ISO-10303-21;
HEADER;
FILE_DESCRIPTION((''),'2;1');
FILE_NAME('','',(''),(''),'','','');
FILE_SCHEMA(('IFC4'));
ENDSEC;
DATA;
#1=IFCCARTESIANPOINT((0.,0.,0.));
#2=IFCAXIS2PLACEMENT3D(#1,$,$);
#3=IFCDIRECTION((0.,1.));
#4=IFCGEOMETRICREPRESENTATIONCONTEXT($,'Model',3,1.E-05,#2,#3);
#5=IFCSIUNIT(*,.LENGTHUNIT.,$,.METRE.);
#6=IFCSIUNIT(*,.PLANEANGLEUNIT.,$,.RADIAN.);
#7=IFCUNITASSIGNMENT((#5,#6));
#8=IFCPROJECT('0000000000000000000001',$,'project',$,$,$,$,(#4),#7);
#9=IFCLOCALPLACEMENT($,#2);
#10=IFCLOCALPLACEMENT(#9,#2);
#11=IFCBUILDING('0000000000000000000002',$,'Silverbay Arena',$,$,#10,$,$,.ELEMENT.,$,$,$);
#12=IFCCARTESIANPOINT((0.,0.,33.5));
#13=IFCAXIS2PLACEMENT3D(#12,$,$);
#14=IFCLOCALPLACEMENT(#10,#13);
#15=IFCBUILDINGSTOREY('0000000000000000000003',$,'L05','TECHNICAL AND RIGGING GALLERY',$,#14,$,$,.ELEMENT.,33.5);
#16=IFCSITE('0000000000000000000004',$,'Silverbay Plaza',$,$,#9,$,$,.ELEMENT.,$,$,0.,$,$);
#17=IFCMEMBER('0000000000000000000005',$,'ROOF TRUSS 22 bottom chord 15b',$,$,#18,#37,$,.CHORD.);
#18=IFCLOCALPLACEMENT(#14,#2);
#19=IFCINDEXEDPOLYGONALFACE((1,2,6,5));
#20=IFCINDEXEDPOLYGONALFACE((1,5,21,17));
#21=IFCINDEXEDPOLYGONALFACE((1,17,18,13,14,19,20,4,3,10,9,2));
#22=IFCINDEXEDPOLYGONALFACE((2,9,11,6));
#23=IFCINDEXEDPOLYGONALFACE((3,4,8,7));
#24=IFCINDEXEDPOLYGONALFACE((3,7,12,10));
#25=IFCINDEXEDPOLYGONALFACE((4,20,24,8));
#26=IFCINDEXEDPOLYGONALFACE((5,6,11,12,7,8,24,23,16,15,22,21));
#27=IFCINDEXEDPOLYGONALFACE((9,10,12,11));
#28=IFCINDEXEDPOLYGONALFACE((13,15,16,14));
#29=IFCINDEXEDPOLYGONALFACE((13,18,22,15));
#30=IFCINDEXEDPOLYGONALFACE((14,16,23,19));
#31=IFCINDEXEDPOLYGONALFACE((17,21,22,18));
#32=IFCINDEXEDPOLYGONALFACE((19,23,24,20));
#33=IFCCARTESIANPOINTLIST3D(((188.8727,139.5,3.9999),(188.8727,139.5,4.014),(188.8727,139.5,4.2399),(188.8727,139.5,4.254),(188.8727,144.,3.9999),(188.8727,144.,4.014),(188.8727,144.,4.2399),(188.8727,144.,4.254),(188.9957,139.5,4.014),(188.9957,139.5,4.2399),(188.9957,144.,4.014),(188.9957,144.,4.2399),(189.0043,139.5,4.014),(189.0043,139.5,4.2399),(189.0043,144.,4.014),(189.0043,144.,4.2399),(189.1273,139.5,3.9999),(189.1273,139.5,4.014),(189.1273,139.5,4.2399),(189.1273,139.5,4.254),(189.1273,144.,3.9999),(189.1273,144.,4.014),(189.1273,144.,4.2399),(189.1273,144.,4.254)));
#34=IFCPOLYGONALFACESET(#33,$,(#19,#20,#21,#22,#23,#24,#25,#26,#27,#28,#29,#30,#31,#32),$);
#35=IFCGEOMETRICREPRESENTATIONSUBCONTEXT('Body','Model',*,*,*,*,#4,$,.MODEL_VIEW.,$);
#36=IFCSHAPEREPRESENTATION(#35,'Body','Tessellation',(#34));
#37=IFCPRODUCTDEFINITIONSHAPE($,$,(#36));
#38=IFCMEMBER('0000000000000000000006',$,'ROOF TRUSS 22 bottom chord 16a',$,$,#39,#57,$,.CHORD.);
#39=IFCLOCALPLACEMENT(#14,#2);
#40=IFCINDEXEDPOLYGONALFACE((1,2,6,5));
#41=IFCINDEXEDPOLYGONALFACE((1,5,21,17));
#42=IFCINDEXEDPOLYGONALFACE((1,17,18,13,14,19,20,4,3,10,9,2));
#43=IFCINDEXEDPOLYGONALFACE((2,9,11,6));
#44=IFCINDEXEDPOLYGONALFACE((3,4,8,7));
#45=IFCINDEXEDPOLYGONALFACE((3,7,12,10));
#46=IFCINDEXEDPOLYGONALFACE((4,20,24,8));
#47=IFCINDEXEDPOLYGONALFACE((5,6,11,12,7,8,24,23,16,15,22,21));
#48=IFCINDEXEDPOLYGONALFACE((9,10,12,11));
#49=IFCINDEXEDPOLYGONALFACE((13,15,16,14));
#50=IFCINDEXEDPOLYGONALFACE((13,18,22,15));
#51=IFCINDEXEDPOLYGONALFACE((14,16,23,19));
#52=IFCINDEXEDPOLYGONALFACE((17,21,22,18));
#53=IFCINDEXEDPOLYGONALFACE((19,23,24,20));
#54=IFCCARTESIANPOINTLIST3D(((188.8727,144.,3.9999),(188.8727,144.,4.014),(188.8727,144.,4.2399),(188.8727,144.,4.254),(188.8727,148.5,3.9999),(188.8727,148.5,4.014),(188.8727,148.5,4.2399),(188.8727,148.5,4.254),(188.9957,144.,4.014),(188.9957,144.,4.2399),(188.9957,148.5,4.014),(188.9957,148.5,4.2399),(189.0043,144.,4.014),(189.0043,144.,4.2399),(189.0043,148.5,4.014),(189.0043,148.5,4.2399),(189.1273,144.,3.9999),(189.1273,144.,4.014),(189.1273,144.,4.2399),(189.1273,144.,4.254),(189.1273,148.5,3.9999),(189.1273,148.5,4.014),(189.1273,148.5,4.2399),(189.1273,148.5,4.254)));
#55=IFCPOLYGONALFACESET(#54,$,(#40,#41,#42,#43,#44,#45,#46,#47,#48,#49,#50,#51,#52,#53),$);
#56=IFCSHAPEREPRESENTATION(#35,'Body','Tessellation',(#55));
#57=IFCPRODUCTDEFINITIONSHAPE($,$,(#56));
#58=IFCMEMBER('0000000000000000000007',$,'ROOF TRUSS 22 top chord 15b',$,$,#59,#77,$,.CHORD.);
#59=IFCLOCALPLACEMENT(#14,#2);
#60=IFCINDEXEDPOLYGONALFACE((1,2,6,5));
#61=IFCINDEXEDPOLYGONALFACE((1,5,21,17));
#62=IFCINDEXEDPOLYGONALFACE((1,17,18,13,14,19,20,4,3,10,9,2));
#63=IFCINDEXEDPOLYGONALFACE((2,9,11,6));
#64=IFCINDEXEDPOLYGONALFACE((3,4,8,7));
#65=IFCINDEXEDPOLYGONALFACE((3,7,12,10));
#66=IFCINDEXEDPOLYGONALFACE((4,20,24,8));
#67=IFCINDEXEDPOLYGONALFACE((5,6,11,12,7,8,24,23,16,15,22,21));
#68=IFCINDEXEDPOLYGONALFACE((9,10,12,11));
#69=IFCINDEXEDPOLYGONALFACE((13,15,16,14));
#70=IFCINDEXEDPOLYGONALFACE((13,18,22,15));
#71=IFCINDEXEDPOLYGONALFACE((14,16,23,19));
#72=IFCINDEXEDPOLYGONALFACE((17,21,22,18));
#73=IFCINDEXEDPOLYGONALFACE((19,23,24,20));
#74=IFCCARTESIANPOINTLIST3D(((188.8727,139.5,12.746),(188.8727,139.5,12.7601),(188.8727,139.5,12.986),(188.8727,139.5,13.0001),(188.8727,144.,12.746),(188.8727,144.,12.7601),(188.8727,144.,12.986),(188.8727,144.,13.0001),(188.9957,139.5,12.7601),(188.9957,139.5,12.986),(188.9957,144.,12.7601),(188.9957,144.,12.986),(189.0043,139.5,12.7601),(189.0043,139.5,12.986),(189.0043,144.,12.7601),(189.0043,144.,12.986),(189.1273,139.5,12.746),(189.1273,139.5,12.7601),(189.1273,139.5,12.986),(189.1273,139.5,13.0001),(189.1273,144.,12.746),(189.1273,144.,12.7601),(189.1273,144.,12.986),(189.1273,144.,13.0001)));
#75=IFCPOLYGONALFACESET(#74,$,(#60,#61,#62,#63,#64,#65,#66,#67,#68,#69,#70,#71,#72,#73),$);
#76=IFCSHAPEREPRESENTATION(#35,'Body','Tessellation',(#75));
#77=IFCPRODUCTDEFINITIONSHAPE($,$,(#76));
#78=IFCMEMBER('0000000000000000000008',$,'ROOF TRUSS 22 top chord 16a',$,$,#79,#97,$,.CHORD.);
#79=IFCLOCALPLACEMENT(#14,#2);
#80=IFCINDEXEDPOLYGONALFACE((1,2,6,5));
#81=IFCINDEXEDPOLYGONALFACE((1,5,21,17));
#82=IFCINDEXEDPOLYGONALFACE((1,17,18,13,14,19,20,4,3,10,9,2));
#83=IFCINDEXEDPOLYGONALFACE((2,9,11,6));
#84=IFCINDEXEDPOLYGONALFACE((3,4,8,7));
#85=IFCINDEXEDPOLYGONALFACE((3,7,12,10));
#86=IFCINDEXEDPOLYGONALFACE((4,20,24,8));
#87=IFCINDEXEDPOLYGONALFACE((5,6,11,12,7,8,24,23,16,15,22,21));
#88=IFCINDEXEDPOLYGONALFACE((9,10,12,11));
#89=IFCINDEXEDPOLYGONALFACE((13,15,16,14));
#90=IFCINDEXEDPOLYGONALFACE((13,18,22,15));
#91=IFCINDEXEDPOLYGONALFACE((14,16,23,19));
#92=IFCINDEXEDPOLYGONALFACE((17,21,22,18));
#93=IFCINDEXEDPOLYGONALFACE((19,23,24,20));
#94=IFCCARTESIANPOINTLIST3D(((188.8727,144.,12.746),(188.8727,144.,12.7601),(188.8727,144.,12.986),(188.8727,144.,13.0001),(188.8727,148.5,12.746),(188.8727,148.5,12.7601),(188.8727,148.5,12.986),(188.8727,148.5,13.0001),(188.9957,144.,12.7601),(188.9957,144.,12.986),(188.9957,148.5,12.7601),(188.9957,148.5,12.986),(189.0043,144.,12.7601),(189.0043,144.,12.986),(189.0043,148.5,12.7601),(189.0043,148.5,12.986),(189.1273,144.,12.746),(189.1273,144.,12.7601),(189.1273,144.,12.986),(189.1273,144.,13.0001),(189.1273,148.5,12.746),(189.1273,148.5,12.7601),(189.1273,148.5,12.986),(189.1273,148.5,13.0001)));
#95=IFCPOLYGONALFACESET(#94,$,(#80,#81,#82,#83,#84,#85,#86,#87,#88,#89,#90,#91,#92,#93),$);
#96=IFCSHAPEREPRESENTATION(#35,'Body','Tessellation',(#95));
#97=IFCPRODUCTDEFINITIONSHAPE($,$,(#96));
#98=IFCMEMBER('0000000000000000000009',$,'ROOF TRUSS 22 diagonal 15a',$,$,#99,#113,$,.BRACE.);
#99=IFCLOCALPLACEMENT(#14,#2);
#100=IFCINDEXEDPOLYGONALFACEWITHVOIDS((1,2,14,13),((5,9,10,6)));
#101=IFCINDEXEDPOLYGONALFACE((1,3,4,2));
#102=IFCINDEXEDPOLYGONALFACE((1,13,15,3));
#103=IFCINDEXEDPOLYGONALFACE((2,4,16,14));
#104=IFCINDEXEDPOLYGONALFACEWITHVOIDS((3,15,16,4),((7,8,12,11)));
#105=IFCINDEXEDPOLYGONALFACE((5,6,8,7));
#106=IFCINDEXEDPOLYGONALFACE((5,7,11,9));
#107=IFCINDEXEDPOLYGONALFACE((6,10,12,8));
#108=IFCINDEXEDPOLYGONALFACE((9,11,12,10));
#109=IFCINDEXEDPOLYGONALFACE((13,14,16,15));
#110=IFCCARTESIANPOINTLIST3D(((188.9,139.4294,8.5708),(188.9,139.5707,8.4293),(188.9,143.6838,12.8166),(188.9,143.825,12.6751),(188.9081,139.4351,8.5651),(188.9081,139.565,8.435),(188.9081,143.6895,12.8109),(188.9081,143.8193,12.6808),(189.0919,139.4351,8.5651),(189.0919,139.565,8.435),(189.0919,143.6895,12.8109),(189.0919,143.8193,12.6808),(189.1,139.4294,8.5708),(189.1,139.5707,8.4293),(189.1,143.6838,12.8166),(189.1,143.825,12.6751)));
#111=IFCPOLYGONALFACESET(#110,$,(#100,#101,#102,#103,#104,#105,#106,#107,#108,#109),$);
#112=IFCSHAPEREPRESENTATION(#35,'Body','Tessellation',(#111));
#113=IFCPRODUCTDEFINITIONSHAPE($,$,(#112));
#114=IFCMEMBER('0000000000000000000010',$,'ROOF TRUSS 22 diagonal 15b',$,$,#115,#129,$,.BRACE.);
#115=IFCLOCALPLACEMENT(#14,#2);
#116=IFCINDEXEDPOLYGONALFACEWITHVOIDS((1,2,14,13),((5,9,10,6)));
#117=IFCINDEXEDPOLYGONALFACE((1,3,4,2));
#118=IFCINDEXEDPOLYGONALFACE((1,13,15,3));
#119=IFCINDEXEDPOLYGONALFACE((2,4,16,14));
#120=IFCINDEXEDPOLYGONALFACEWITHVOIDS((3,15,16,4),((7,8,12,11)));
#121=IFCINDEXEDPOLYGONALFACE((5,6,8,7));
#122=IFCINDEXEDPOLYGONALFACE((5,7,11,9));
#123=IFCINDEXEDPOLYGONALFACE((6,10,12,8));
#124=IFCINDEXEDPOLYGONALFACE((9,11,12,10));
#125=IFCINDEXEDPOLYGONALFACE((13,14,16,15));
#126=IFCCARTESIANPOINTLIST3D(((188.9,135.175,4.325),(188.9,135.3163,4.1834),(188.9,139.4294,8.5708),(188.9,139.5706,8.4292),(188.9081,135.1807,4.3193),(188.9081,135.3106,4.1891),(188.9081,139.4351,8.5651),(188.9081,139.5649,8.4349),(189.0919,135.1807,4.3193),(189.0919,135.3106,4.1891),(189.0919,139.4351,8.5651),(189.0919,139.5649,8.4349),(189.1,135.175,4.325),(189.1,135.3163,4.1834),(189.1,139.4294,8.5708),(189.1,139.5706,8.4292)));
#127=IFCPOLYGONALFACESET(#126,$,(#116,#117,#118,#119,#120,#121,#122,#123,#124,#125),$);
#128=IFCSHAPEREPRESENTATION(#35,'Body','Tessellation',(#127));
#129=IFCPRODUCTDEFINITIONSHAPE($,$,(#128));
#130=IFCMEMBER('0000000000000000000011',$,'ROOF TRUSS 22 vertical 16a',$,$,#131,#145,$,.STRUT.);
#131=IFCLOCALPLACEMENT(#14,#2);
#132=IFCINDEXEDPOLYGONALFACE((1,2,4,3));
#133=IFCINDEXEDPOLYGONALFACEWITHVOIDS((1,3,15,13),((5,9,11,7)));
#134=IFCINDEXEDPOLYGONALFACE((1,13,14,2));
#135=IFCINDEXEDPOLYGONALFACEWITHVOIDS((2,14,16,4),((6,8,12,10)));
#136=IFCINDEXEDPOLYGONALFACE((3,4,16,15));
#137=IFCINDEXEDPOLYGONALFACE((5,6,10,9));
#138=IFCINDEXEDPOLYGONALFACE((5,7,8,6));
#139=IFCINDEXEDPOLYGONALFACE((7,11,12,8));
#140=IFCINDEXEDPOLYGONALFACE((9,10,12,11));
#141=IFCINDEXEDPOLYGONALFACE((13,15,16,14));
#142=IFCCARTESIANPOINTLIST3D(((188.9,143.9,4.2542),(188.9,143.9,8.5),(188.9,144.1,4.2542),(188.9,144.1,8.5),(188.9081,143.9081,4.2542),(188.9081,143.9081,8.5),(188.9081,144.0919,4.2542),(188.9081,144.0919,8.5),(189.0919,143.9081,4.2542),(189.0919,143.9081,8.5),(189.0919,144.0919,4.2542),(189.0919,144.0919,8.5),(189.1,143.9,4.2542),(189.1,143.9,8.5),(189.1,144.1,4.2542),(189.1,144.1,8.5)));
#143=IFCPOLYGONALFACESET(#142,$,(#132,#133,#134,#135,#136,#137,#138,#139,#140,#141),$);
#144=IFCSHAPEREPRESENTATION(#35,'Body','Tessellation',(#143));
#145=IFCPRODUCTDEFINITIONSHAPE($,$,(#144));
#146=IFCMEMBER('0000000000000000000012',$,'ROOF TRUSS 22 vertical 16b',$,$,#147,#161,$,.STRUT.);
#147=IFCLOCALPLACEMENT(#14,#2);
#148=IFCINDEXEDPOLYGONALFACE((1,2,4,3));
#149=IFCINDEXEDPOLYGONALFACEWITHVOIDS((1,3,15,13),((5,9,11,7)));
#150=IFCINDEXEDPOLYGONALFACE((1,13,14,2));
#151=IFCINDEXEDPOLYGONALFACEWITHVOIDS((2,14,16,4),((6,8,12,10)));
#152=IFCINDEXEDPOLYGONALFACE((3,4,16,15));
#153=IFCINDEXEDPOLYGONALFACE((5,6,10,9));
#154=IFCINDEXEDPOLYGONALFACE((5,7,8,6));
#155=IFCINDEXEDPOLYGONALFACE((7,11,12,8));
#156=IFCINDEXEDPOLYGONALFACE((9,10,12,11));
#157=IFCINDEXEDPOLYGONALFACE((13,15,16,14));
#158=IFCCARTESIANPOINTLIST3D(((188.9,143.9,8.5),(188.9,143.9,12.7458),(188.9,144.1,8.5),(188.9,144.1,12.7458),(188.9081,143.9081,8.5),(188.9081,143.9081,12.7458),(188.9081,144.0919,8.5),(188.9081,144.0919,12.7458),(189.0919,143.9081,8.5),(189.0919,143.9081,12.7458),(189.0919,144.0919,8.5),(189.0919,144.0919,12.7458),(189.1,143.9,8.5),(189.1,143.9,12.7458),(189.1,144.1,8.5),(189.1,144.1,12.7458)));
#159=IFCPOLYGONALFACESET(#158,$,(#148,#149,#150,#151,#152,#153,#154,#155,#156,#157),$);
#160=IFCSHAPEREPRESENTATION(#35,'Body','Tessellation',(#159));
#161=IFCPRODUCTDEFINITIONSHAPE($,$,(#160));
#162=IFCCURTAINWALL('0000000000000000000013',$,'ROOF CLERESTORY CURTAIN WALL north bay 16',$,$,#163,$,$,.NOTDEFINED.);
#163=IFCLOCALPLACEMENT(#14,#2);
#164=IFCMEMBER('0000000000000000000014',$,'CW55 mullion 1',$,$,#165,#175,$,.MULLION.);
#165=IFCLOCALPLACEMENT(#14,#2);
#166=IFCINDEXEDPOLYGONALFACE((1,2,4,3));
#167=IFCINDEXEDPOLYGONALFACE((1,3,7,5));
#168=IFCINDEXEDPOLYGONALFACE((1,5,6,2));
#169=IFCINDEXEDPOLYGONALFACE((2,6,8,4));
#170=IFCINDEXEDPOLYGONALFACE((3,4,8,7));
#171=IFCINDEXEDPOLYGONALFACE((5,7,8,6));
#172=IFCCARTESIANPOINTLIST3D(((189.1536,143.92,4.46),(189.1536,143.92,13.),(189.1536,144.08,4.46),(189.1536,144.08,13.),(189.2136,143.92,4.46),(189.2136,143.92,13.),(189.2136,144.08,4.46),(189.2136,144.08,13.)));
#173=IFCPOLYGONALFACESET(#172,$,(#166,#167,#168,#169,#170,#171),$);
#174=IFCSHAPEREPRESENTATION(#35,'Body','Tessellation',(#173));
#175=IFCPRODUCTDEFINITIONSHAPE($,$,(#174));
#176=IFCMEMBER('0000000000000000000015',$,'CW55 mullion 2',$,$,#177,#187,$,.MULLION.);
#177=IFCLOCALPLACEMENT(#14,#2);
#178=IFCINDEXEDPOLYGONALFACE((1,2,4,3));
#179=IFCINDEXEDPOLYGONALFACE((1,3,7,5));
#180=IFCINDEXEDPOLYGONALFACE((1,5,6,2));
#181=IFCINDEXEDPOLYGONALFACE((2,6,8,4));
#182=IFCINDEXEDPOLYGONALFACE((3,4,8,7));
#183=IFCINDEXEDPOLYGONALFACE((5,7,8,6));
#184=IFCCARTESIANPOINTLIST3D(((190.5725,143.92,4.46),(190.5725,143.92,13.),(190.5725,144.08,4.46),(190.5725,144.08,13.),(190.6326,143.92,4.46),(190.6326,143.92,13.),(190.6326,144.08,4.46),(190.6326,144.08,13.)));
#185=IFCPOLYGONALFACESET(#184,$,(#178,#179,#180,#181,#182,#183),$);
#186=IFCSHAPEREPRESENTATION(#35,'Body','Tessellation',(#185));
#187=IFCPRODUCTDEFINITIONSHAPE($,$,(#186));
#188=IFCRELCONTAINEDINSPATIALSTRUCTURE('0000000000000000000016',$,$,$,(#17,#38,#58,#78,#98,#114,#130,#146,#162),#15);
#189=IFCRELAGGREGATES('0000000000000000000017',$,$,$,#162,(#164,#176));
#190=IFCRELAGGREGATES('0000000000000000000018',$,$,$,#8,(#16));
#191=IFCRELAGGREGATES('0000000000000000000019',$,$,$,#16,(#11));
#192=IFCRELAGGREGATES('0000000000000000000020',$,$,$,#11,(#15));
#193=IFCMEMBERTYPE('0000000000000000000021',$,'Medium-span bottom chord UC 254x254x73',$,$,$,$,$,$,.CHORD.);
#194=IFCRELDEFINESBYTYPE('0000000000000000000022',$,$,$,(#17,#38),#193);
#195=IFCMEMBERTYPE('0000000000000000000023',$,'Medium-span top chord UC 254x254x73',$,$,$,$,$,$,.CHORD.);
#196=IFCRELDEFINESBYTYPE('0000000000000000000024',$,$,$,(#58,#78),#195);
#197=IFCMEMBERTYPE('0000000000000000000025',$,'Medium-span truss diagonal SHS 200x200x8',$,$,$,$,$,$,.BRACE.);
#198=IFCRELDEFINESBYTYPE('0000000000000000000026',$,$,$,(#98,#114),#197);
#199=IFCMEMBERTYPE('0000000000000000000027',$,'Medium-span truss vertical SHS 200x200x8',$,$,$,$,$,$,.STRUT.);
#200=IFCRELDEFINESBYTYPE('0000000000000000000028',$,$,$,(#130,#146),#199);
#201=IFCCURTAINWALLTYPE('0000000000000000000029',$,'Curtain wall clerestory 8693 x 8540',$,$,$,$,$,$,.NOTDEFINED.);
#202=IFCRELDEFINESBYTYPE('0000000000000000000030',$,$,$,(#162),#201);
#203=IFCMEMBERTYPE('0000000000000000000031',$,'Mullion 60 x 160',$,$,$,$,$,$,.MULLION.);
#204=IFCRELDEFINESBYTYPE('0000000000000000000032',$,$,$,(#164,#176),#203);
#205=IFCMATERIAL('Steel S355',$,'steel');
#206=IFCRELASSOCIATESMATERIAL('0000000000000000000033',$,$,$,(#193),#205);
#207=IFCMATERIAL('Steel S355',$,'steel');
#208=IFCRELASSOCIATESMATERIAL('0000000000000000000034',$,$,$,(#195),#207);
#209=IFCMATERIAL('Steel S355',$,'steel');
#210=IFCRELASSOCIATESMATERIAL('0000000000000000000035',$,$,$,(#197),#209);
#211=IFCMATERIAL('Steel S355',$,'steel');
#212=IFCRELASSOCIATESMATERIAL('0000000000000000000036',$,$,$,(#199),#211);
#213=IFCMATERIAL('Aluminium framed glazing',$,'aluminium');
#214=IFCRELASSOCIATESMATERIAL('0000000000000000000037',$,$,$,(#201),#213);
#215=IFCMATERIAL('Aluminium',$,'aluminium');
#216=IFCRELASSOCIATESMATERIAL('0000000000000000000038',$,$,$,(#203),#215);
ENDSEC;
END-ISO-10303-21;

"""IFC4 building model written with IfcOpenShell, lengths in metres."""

from ifc_helpers import new_model, si_unit, direction, frame, origin, origin_2d, place, context, subcontext, project, spatial, rectangle, hollow_rectangle, i_section, extrude, material, material_profile, profile_set, type_object, element, aggregate, save


model = new_model("IFC4")

# Units and contexts
model_context = context("Model", 3, precision=1e-05, world=origin(), true_north=direction((0.0, 1.0)))
body_context = subcontext(model_context, "Body", "Model", "MODEL_VIEW")
ifc_project = project(units=[si_unit("LENGTHUNIT", "METRE"), si_unit("PLANEANGLEUNIT", "RADIAN")], contexts=[model_context])

# Site, building, storey
site_placement = place(None, origin())
site = spatial("IfcSite", under=ifc_project, at=site_placement, Name="Silverbay Plaza", CompositionType="ELEMENT", RefElevation=0.0)
building_placement = place(site_placement, origin())
building = spatial("IfcBuilding", under=site, at=building_placement, Name="Silverbay Arena", CompositionType="ELEMENT")
storey_placement = place(building_placement, frame((0.0, 0.0, 33.5)))
storey = spatial("IfcBuildingStorey", under=building, at=storey_placement, Name="L05", Description="TECHNICAL AND RIGGING GALLERY", CompositionType="ELEMENT", Elevation=33.5)

# Members
ifc_material_1 = material(Name="Steel S355", Category="steel")
ifc_material_profile_1 = material_profile(ifc_material_1, i_section(OverallWidth=0.2546, OverallDepth=0.2542, WebThickness=0.0085, FlangeThickness=0.0142, at=origin_2d()), Name="UC 254x254x73")
ifc_profile_set_1 = profile_set([ifc_material_profile_1], Name="Steel S355")
member_type_1 = type_object("IfcMemberType", Name="Medium-span bottom chord UC 254x254x73", PredefinedType="CHORD", material=ifc_profile_set_1)
for number, where, z_axis, x_axis, name in (
    (1, (189.0, 139.5, 4.127), (0.0, 1.0, 0.0), (-1.0, 0.0, 0.0), "ROOF TRUSS 22 bottom chord 15b"),
    (2, (189.0, 144.0, 4.127), (0.0, 1.0, 0.0), (-1.0, 0.0, 0.0), "ROOF TRUSS 22 bottom chord 16a"),
):
    element("IfcMember", number, at=place(storey_placement, frame(where, z_axis=z_axis, x_axis=x_axis)), inside=storey, type_object=member_type_1, Name=name, PredefinedType="CHORD", context=body_context, shape_type="SweptSolid", body=[
        extrude(i_section(OverallWidth=0.2546, OverallDepth=0.2542, WebThickness=0.0085, FlangeThickness=0.0142, at=origin_2d()), origin(), (0.0, 0.0, 1.0), 4.5),
    ])
ifc_material_2 = material(Name="Steel S355", Category="steel")
ifc_material_profile_2 = material_profile(ifc_material_2, i_section(OverallWidth=0.2546, OverallDepth=0.2542, WebThickness=0.0085, FlangeThickness=0.0142, at=origin_2d()), Name="UC 254x254x73")
ifc_profile_set_2 = profile_set([ifc_material_profile_2], Name="Steel S355")
member_type_2 = type_object("IfcMemberType", Name="Medium-span top chord UC 254x254x73", PredefinedType="CHORD", material=ifc_profile_set_2)
for number, where, z_axis, x_axis, name in (
    (3, (189.0, 139.5, 12.873), (0.0, 1.0, 0.0), (-1.0, 0.0, 0.0), "ROOF TRUSS 22 top chord 15b"),
    (4, (189.0, 144.0, 12.873), (0.0, 1.0, 0.0), (-1.0, 0.0, 0.0), "ROOF TRUSS 22 top chord 16a"),
):
    element("IfcMember", number, at=place(storey_placement, frame(where, z_axis=z_axis, x_axis=x_axis)), inside=storey, type_object=member_type_2, Name=name, PredefinedType="CHORD", context=body_context, shape_type="SweptSolid", body=[
        extrude(i_section(OverallWidth=0.2546, OverallDepth=0.2542, WebThickness=0.0085, FlangeThickness=0.0142, at=origin_2d()), origin(), (0.0, 0.0, 1.0), 4.5),
    ])
ifc_material_3 = material(Name="Steel S355", Category="steel")
ifc_material_profile_3 = material_profile(ifc_material_3, hollow_rectangle(XDim=0.2, YDim=0.2, WallThickness=0.0081, at=origin_2d()), Name="SHS 200x200x8")
ifc_profile_set_3 = profile_set([ifc_material_profile_3], Name="Steel S355")
member_type_3 = type_object("IfcMemberType", Name="Medium-span truss diagonal SHS 200x200x8", PredefinedType="BRACE", material=ifc_profile_set_3)
for number, where, z_axis, x_axis, name in (
    (5, (189.0, 143.7544, 12.7458), (0.0, -0.707817, -0.706396), (1.0, 0.0, 0.0), "ROOF TRUSS 22 diagonal 15a"),
    (6, (189.0, 139.5, 8.5), (0.0, -0.707817, -0.706396), (1.0, 0.0, 0.0), "ROOF TRUSS 22 diagonal 15b"),
):
    element("IfcMember", number, at=place(storey_placement, frame(where, z_axis=z_axis, x_axis=x_axis)), inside=storey, type_object=member_type_3, Name=name, PredefinedType="BRACE", context=body_context, shape_type="SweptSolid", body=[
        extrude(hollow_rectangle(XDim=0.2, YDim=0.2, WallThickness=0.0081, at=origin_2d()), origin(), (0.0, 0.0, 1.0), 6.0105),
    ])
ifc_material_4 = material(Name="Steel S355", Category="steel")
ifc_material_profile_4 = material_profile(ifc_material_4, hollow_rectangle(XDim=0.2, YDim=0.2, WallThickness=0.0081, at=origin_2d()), Name="SHS 200x200x8")
ifc_profile_set_4 = profile_set([ifc_material_profile_4], Name="Steel S355")
member_type_4 = type_object("IfcMemberType", Name="Medium-span truss vertical SHS 200x200x8", PredefinedType="STRUT", material=ifc_profile_set_4)
for number, where, z_axis, x_axis, name in (
    (7, (189.0, 144.0, 4.2542), (0.0, 0.0, 1.0), (1.0, 0.0, 0.0), "ROOF TRUSS 22 vertical 16a"),
    (8, (189.0, 144.0, 8.5), (0.0, 0.0, 1.0), (1.0, 0.0, 0.0), "ROOF TRUSS 22 vertical 16b"),
):
    element("IfcMember", number, at=place(storey_placement, frame(where, z_axis=z_axis, x_axis=x_axis)), inside=storey, type_object=member_type_4, Name=name, PredefinedType="STRUT", context=body_context, shape_type="SweptSolid", body=[
        extrude(hollow_rectangle(XDim=0.2, YDim=0.2, WallThickness=0.0081, at=origin_2d()), origin(), (0.0, 0.0, 1.0), 4.2458),
    ])

# Curtain wall, members
ifc_material_5 = material(Name="Aluminium framed glazing", Category="aluminium")
curtain_wall_type = type_object("IfcCurtainWallType", Name="Curtain wall clerestory 8693 x 8540", PredefinedType="NOTDEFINED", material=ifc_material_5)
curtain_wall_placement = place(storey_placement, origin())
curtain_wall = element("IfcCurtainWall", 9, at=curtain_wall_placement, inside=storey, type_object=curtain_wall_type, Name="ROOF CLERESTORY CURTAIN WALL north bay 16", PredefinedType="NOTDEFINED")
ifc_material_6 = material(Name="Aluminium", Category="aluminium")
ifc_material_profile_5 = material_profile(ifc_material_6, rectangle(XDim=0.1599, YDim=0.0601, at=origin_2d()), Name="Mullion 60 x 160")
ifc_profile_set_5 = profile_set([ifc_material_profile_5], Name="Aluminium")
member_type_5 = type_object("IfcMemberType", Name="Mullion 60 x 160", PredefinedType="MULLION", material=ifc_profile_set_5)
member_1_placement = place(storey_placement, frame((189.1836, 144.0, 4.46), z_axis=(0.0, 0.0, 1.0), x_axis=(0.0, 1.0, 0.0)))
member_1 = element("IfcMember", 10, at=member_1_placement, type_object=member_type_5, Name="CW55 mullion 1", PredefinedType="MULLION", context=body_context, shape_type="SweptSolid", body=[
    extrude(rectangle(XDim=0.1599, YDim=0.0601, at=origin_2d()), origin(), (0.0, 0.0, 1.0), 8.54),
])
member_2_placement = place(storey_placement, frame((190.6025, 144.0, 4.46), z_axis=(0.0, 0.0, 1.0), x_axis=(0.0, 1.0, 0.0)))
member_2 = element("IfcMember", 11, at=member_2_placement, type_object=member_type_5, Name="CW55 mullion 2", PredefinedType="MULLION", context=body_context, shape_type="SweptSolid", body=[
    extrude(rectangle(XDim=0.1599, YDim=0.0601, at=origin_2d()), origin(), (0.0, 0.0, 1.0), 8.54),
])

aggregate(curtain_wall, [member_1, member_2])

save(model, "model.ifc")
